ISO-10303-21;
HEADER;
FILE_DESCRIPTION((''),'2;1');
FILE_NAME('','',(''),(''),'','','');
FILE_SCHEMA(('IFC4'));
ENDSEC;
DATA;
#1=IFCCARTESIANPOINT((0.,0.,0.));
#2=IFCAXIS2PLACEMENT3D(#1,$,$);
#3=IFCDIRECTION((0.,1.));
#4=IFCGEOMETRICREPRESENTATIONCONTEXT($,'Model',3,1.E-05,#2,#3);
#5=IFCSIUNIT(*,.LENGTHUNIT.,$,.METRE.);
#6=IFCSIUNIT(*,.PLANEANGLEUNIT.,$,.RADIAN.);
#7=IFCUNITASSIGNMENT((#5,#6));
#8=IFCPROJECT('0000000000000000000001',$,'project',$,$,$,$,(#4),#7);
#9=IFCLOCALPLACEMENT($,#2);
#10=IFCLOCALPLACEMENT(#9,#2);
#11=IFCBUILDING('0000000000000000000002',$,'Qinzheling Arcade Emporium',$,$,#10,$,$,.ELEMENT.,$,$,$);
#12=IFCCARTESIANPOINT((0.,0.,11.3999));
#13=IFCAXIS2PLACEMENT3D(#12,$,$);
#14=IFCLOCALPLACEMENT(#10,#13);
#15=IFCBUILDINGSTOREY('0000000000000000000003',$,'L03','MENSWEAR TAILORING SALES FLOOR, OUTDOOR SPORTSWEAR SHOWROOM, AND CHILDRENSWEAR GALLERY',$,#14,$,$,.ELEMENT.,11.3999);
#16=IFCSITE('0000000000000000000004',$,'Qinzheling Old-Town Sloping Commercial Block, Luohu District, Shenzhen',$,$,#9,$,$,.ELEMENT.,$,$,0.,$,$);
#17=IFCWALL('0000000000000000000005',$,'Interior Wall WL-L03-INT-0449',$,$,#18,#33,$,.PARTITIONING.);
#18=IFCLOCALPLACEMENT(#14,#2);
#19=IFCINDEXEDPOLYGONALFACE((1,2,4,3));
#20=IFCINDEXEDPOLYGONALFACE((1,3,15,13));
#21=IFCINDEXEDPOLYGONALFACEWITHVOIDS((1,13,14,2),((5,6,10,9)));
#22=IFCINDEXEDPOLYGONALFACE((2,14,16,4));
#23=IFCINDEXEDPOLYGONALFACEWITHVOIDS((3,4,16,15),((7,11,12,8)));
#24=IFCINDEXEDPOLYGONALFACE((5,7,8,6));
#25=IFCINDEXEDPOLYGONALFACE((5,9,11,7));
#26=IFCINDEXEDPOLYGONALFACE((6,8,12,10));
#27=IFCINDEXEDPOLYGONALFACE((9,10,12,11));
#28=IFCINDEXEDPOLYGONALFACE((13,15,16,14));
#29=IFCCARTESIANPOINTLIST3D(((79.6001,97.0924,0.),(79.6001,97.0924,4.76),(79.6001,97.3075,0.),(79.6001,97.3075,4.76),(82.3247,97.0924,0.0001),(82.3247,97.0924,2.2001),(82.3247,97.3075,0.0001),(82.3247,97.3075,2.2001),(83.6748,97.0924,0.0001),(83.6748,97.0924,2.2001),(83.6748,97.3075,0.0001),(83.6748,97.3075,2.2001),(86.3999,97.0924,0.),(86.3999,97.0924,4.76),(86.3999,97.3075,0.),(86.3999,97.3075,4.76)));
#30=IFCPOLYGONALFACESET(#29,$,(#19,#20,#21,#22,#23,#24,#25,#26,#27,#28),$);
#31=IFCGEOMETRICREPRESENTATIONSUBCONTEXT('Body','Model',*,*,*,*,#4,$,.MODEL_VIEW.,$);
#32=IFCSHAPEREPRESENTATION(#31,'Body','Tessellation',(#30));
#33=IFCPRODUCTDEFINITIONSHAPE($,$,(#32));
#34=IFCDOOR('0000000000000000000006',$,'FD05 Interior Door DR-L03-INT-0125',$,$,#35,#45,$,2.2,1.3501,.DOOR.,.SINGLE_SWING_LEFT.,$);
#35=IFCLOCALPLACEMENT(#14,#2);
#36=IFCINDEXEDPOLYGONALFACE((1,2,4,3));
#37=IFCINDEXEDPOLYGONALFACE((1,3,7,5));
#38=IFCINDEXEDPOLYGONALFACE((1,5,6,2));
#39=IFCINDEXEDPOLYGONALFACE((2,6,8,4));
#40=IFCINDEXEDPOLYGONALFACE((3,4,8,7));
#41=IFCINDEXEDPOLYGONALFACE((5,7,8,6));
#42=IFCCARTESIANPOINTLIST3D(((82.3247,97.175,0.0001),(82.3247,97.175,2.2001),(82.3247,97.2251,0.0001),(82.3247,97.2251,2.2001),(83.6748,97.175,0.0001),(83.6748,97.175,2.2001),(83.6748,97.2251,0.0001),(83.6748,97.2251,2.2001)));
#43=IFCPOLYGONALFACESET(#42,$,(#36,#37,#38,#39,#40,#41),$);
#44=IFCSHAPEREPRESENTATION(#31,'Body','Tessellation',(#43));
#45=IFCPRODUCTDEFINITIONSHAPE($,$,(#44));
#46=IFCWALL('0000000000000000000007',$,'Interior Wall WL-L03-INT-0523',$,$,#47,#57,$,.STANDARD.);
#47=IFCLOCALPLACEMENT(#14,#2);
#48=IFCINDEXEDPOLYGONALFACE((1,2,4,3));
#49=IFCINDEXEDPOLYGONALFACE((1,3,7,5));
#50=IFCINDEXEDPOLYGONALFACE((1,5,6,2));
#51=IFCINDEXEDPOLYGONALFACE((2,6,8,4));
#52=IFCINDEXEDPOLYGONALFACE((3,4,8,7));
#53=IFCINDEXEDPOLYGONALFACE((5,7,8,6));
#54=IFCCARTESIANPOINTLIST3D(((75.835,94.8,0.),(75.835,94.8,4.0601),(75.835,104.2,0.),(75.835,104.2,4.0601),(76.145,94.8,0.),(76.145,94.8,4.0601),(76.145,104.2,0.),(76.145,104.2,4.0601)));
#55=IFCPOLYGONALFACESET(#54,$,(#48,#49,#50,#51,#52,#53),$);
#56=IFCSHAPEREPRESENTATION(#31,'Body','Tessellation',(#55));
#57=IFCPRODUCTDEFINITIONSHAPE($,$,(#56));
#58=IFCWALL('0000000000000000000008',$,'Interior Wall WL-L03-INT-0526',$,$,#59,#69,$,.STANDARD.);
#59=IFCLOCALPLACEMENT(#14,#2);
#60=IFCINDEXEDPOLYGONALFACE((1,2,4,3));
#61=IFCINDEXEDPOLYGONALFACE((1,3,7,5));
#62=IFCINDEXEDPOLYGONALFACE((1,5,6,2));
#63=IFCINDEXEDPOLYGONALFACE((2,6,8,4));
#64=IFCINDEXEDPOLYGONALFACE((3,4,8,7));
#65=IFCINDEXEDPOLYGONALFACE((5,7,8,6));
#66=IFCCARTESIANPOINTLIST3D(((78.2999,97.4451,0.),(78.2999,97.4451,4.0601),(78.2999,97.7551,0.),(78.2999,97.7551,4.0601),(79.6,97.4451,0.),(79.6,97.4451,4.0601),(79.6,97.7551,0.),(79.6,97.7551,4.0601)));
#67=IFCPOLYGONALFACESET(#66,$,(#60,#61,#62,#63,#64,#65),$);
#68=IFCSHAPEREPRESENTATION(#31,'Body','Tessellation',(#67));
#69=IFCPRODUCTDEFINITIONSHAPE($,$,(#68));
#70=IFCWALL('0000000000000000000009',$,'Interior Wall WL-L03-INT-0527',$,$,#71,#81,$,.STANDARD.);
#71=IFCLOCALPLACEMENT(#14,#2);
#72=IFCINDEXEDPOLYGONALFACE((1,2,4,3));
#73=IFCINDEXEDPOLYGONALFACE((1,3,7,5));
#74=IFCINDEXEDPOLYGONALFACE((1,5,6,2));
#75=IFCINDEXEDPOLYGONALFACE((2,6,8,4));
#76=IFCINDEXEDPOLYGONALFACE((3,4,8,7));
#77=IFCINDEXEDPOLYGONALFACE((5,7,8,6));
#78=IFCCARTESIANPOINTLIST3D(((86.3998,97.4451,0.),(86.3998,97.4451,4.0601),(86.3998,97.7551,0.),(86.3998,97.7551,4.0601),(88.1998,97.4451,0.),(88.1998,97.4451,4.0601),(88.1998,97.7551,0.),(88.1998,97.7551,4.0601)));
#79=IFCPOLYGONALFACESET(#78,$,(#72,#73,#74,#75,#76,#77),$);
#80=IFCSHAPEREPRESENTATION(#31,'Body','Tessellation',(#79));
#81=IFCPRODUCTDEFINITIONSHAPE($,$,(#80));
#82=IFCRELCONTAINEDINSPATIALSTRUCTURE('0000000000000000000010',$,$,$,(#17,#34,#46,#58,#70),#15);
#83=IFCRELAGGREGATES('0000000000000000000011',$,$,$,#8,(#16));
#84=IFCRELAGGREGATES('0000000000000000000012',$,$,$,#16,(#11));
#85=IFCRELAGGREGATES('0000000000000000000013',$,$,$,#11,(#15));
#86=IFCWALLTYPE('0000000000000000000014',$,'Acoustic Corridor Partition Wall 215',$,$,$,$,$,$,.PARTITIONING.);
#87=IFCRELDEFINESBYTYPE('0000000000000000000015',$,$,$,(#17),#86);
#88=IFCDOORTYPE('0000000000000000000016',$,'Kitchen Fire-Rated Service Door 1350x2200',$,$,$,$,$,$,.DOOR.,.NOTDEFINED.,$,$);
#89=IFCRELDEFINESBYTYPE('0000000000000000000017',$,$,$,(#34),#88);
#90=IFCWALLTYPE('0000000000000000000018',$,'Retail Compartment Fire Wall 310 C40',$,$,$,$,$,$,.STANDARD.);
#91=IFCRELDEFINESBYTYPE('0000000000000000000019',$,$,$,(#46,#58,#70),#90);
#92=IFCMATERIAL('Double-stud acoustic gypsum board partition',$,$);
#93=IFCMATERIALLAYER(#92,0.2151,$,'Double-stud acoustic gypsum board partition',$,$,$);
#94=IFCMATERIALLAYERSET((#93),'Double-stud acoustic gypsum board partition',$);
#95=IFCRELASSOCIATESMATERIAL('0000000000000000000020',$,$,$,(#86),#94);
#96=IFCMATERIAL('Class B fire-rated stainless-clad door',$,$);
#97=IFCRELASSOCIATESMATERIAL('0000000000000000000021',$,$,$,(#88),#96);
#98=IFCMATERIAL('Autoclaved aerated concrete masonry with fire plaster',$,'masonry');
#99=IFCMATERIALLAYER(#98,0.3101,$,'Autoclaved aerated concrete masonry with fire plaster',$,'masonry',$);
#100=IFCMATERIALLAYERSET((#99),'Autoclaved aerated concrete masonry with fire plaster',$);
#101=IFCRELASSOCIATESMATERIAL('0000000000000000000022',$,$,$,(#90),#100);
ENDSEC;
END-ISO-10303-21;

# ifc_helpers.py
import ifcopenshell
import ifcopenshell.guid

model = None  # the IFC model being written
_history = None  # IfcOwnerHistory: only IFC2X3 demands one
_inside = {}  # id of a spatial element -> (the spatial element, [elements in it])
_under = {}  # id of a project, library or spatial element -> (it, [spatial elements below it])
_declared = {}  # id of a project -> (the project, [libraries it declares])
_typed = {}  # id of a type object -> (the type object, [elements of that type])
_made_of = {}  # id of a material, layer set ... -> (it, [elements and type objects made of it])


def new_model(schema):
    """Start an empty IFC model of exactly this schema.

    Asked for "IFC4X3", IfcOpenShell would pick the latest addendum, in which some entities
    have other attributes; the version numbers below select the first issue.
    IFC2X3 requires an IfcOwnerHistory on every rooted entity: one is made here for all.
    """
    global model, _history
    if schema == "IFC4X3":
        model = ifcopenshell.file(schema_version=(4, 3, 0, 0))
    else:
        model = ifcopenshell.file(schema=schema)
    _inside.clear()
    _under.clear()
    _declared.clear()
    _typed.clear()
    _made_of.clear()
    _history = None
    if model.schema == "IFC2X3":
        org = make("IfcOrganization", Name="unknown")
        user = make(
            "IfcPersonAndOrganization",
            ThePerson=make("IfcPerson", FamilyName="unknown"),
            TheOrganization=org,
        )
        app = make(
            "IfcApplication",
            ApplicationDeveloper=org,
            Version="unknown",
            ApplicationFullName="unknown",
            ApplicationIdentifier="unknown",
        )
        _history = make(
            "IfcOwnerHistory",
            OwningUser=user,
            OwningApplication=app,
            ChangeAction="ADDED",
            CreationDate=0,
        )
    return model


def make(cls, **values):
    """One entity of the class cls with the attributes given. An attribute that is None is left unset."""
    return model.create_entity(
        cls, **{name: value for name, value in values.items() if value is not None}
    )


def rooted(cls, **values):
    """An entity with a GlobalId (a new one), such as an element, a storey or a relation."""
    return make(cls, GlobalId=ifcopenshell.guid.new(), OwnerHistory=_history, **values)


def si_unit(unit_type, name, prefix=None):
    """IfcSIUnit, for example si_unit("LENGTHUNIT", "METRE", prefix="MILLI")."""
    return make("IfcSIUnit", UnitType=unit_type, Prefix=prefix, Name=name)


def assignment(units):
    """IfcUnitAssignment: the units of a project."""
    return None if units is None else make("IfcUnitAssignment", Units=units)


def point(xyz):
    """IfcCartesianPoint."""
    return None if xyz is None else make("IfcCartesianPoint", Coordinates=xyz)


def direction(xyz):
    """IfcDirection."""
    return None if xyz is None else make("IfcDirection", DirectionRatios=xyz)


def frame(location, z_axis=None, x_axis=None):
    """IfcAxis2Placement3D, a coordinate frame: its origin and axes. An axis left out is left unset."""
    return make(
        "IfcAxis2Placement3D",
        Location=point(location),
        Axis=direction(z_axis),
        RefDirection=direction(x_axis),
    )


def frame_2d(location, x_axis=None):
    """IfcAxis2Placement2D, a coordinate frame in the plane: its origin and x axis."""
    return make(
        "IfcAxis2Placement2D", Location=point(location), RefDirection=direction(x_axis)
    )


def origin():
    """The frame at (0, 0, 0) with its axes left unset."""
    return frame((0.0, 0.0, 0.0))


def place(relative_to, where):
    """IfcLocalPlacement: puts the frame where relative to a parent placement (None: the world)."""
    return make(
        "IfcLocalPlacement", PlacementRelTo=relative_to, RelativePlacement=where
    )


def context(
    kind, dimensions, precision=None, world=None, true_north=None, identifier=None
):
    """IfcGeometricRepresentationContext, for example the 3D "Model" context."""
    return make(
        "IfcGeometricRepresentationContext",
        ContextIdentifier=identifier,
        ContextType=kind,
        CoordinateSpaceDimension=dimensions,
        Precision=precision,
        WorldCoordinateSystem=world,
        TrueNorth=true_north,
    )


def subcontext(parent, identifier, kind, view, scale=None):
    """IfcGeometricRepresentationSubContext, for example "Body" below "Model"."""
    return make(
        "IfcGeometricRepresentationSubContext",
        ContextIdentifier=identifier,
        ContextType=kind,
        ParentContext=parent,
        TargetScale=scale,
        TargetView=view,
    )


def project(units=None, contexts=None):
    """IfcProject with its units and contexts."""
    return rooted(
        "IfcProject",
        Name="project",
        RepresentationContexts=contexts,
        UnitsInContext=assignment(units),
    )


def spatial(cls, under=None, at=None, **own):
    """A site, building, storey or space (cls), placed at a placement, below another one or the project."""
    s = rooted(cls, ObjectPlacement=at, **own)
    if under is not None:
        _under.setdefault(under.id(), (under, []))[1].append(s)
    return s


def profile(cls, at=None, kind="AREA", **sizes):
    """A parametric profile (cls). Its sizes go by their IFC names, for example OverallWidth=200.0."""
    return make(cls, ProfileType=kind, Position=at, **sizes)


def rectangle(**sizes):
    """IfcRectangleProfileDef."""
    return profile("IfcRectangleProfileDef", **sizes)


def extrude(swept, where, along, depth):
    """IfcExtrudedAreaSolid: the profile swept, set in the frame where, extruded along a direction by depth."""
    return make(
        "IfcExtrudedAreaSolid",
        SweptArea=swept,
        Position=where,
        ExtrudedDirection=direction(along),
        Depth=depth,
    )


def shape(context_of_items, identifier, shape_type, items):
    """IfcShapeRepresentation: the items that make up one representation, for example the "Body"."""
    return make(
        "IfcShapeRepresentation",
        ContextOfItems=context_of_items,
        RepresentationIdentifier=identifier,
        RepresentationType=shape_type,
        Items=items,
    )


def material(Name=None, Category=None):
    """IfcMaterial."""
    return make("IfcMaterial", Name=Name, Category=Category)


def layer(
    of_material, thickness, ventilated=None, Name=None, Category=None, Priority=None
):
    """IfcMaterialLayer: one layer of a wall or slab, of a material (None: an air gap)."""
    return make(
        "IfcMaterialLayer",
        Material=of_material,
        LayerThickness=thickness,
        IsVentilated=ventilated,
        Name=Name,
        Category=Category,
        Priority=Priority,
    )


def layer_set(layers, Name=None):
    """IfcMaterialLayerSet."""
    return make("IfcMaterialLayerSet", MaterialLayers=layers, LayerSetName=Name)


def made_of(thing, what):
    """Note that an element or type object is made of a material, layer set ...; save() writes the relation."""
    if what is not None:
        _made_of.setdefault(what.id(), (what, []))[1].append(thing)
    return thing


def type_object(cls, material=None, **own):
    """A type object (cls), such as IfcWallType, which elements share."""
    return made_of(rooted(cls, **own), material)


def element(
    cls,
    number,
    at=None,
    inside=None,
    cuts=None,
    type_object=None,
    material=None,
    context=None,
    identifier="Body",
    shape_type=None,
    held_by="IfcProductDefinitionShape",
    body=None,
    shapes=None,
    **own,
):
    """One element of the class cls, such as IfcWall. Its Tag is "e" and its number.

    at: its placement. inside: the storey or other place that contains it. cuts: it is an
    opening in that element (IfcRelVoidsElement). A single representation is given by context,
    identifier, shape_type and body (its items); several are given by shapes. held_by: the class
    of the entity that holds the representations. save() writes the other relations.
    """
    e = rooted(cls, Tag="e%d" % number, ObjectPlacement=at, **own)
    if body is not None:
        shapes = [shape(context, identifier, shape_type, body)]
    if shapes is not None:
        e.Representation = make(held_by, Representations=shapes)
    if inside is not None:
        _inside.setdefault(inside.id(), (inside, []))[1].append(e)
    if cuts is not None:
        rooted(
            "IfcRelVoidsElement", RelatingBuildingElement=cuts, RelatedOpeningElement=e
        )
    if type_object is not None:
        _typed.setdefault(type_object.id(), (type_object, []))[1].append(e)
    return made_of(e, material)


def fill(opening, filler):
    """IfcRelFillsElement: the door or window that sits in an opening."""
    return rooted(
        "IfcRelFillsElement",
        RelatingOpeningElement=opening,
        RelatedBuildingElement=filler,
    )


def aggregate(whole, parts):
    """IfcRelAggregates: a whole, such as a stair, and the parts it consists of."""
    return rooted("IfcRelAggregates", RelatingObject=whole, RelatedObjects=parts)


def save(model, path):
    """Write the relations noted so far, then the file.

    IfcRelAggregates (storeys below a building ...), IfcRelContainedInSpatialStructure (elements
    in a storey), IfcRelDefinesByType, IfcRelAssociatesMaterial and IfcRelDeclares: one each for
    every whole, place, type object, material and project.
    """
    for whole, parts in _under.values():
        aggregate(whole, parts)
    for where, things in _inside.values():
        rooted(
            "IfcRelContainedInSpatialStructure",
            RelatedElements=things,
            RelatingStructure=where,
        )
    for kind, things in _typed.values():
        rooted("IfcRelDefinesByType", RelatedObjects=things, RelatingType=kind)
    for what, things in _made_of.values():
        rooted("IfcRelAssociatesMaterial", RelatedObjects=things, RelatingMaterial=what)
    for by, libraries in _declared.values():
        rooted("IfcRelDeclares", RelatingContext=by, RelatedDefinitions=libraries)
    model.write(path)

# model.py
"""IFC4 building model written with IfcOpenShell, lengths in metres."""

from ifc_helpers import new_model, si_unit, direction, frame, frame_2d, origin, place, context, subcontext, project, spatial, rectangle, extrude, material, layer, layer_set, type_object, element, fill, save


model = new_model("IFC4")

# Units and contexts
model_context = context("Model", 3, precision=1e-05, world=origin(), true_north=direction((0.0, 1.0)))
body_context = subcontext(model_context, "Body", "Model", "MODEL_VIEW")
ifc_project = project(units=[si_unit("LENGTHUNIT", "METRE"), si_unit("PLANEANGLEUNIT", "RADIAN")], contexts=[model_context])

# Site, building, storey
site_placement = place(None, origin())
site = spatial("IfcSite", under=ifc_project, at=site_placement, Name="Qinzheling Old-Town Sloping Commercial Block, Luohu District, Shenzhen", CompositionType="ELEMENT", RefElevation=0.0)
building_placement = place(site_placement, origin())
building = spatial("IfcBuilding", under=site, at=building_placement, Name="Qinzheling Arcade Emporium", CompositionType="ELEMENT")
storey_placement = place(building_placement, frame((0.0, 0.0, 11.3999)))
storey = spatial("IfcBuildingStorey", under=building, at=storey_placement, Name="L03", Description="MENSWEAR TAILORING SALES FLOOR, OUTDOOR SPORTSWEAR SHOWROOM, AND CHILDRENSWEAR GALLERY", CompositionType="ELEMENT", Elevation=11.3999)

# Wall, opening, door
ifc_material_1 = material(Name="Double-stud acoustic gypsum board partition")
ifc_layer_1 = layer(ifc_material_1, 0.2151, Name="Double-stud acoustic gypsum board partition")
ifc_layer_set_1 = layer_set([ifc_layer_1], Name="Double-stud acoustic gypsum board partition")
wall_type_1 = type_object("IfcWallType", Name="Acoustic Corridor Partition Wall 215", PredefinedType="PARTITIONING", material=ifc_layer_set_1)
wall_1_placement = place(storey_placement, frame((86.3999, 97.2, 0.0), z_axis=(0.0, 0.0, 1.0), x_axis=(-1.0, 0.0, 0.0)))
wall_1 = element("IfcWall", 1, at=wall_1_placement, inside=storey, type_object=wall_type_1, Name="Interior Wall WL-L03-INT-0449", PredefinedType="PARTITIONING", context=body_context, shape_type="SweptSolid", body=[
    extrude(rectangle(XDim=6.7998, YDim=0.2151, at=frame_2d((3.3999, 0.0))), origin(), (0.0, 0.0, 1.0), 4.76),
])
opening_placement = place(wall_1_placement, frame((2.7251, 0.0, 0.0)))
opening = element("IfcOpeningElement", 2, at=opening_placement, cuts=wall_1, PredefinedType="OPENING", context=body_context, shape_type="SweptSolid", body=[
    extrude(rectangle(XDim=1.3501, YDim=2.2, at=frame_2d((0.675, 1.1001))), frame((0.0, 0.1177, 0.0), z_axis=(0.0, -1.0, 0.0), x_axis=(1.0, 0.0, 0.0)), (0.0, 0.0, 1.0), 0.2351),
])
ifc_material_2 = material(Name="Class B fire-rated stainless-clad door")
door_type = type_object("IfcDoorType", Name="Kitchen Fire-Rated Service Door 1350x2200", OperationType="NOTDEFINED", PredefinedType="DOOR", material=ifc_material_2)
door_placement = place(opening_placement, origin())
door = element("IfcDoor", 3, at=door_placement, inside=storey, type_object=door_type, Name="FD05 Interior Door DR-L03-INT-0125", OperationType="SINGLE_SWING_LEFT", OverallHeight=2.2, OverallWidth=1.3501, PredefinedType="DOOR", context=body_context, shape_type="SweptSolid", body=[
    extrude(rectangle(XDim=1.3501, YDim=2.2, at=frame_2d((0.675, 1.1001))), frame((0.0, 0.0249, 0.0), z_axis=(0.0, -1.0, 0.0), x_axis=(1.0, 0.0, 0.0)), (0.0, 0.0, 1.0), 0.05),
])
fill(opening, door)

# Walls
ifc_material_3 = material(Name="Autoclaved aerated concrete masonry with fire plaster", Category="masonry")
ifc_layer_2 = layer(ifc_material_3, 0.3101, Name="Autoclaved aerated concrete masonry with fire plaster", Category="masonry")
ifc_layer_set_2 = layer_set([ifc_layer_2], Name="Autoclaved aerated concrete masonry with fire plaster")
wall_type_2 = type_object("IfcWallType", Name="Retail Compartment Fire Wall 310 C40", PredefinedType="STANDARD", material=ifc_layer_set_2)
wall_2_placement = place(storey_placement, frame((75.99, 94.8, 0.0), z_axis=(0.0, 0.0, 1.0), x_axis=(0.0, 1.0, 0.0)))
element("IfcWall", 4, at=wall_2_placement, inside=storey, type_object=wall_type_2, Name="Interior Wall WL-L03-INT-0523", PredefinedType="STANDARD", context=body_context, shape_type="SweptSolid", body=[
    extrude(rectangle(XDim=9.3999, YDim=0.3101, at=frame_2d((4.7, 0.0))), origin(), (0.0, 0.0, 1.0), 4.0601),
])
wall_3_placement = place(storey_placement, frame((78.3, 97.6001, 0.0), z_axis=(0.0, 0.0, 1.0), x_axis=(1.0, 0.0, 0.0)))
element("IfcWall", 5, at=wall_3_placement, inside=storey, type_object=wall_type_2, Name="Interior Wall WL-L03-INT-0526", PredefinedType="STANDARD", context=body_context, shape_type="SweptSolid", body=[
    extrude(rectangle(XDim=1.3, YDim=0.3101, at=frame_2d((0.6499, 0.0))), origin(), (0.0, 0.0, 1.0), 4.0601),
])
wall_4_placement = place(storey_placement, frame((86.3999, 97.6001, 0.0), z_axis=(0.0, 0.0, 1.0), x_axis=(1.0, 0.0, 0.0)))
element("IfcWall", 6, at=wall_4_placement, inside=storey, type_object=wall_type_2, Name="Interior Wall WL-L03-INT-0527", PredefinedType="STANDARD", context=body_context, shape_type="SweptSolid", body=[
    extrude(rectangle(XDim=1.8, YDim=0.3101, at=frame_2d((0.8999, 0.0))), origin(), (0.0, 0.0, 1.0), 4.0601),
])

save(model, "model.ifc")
